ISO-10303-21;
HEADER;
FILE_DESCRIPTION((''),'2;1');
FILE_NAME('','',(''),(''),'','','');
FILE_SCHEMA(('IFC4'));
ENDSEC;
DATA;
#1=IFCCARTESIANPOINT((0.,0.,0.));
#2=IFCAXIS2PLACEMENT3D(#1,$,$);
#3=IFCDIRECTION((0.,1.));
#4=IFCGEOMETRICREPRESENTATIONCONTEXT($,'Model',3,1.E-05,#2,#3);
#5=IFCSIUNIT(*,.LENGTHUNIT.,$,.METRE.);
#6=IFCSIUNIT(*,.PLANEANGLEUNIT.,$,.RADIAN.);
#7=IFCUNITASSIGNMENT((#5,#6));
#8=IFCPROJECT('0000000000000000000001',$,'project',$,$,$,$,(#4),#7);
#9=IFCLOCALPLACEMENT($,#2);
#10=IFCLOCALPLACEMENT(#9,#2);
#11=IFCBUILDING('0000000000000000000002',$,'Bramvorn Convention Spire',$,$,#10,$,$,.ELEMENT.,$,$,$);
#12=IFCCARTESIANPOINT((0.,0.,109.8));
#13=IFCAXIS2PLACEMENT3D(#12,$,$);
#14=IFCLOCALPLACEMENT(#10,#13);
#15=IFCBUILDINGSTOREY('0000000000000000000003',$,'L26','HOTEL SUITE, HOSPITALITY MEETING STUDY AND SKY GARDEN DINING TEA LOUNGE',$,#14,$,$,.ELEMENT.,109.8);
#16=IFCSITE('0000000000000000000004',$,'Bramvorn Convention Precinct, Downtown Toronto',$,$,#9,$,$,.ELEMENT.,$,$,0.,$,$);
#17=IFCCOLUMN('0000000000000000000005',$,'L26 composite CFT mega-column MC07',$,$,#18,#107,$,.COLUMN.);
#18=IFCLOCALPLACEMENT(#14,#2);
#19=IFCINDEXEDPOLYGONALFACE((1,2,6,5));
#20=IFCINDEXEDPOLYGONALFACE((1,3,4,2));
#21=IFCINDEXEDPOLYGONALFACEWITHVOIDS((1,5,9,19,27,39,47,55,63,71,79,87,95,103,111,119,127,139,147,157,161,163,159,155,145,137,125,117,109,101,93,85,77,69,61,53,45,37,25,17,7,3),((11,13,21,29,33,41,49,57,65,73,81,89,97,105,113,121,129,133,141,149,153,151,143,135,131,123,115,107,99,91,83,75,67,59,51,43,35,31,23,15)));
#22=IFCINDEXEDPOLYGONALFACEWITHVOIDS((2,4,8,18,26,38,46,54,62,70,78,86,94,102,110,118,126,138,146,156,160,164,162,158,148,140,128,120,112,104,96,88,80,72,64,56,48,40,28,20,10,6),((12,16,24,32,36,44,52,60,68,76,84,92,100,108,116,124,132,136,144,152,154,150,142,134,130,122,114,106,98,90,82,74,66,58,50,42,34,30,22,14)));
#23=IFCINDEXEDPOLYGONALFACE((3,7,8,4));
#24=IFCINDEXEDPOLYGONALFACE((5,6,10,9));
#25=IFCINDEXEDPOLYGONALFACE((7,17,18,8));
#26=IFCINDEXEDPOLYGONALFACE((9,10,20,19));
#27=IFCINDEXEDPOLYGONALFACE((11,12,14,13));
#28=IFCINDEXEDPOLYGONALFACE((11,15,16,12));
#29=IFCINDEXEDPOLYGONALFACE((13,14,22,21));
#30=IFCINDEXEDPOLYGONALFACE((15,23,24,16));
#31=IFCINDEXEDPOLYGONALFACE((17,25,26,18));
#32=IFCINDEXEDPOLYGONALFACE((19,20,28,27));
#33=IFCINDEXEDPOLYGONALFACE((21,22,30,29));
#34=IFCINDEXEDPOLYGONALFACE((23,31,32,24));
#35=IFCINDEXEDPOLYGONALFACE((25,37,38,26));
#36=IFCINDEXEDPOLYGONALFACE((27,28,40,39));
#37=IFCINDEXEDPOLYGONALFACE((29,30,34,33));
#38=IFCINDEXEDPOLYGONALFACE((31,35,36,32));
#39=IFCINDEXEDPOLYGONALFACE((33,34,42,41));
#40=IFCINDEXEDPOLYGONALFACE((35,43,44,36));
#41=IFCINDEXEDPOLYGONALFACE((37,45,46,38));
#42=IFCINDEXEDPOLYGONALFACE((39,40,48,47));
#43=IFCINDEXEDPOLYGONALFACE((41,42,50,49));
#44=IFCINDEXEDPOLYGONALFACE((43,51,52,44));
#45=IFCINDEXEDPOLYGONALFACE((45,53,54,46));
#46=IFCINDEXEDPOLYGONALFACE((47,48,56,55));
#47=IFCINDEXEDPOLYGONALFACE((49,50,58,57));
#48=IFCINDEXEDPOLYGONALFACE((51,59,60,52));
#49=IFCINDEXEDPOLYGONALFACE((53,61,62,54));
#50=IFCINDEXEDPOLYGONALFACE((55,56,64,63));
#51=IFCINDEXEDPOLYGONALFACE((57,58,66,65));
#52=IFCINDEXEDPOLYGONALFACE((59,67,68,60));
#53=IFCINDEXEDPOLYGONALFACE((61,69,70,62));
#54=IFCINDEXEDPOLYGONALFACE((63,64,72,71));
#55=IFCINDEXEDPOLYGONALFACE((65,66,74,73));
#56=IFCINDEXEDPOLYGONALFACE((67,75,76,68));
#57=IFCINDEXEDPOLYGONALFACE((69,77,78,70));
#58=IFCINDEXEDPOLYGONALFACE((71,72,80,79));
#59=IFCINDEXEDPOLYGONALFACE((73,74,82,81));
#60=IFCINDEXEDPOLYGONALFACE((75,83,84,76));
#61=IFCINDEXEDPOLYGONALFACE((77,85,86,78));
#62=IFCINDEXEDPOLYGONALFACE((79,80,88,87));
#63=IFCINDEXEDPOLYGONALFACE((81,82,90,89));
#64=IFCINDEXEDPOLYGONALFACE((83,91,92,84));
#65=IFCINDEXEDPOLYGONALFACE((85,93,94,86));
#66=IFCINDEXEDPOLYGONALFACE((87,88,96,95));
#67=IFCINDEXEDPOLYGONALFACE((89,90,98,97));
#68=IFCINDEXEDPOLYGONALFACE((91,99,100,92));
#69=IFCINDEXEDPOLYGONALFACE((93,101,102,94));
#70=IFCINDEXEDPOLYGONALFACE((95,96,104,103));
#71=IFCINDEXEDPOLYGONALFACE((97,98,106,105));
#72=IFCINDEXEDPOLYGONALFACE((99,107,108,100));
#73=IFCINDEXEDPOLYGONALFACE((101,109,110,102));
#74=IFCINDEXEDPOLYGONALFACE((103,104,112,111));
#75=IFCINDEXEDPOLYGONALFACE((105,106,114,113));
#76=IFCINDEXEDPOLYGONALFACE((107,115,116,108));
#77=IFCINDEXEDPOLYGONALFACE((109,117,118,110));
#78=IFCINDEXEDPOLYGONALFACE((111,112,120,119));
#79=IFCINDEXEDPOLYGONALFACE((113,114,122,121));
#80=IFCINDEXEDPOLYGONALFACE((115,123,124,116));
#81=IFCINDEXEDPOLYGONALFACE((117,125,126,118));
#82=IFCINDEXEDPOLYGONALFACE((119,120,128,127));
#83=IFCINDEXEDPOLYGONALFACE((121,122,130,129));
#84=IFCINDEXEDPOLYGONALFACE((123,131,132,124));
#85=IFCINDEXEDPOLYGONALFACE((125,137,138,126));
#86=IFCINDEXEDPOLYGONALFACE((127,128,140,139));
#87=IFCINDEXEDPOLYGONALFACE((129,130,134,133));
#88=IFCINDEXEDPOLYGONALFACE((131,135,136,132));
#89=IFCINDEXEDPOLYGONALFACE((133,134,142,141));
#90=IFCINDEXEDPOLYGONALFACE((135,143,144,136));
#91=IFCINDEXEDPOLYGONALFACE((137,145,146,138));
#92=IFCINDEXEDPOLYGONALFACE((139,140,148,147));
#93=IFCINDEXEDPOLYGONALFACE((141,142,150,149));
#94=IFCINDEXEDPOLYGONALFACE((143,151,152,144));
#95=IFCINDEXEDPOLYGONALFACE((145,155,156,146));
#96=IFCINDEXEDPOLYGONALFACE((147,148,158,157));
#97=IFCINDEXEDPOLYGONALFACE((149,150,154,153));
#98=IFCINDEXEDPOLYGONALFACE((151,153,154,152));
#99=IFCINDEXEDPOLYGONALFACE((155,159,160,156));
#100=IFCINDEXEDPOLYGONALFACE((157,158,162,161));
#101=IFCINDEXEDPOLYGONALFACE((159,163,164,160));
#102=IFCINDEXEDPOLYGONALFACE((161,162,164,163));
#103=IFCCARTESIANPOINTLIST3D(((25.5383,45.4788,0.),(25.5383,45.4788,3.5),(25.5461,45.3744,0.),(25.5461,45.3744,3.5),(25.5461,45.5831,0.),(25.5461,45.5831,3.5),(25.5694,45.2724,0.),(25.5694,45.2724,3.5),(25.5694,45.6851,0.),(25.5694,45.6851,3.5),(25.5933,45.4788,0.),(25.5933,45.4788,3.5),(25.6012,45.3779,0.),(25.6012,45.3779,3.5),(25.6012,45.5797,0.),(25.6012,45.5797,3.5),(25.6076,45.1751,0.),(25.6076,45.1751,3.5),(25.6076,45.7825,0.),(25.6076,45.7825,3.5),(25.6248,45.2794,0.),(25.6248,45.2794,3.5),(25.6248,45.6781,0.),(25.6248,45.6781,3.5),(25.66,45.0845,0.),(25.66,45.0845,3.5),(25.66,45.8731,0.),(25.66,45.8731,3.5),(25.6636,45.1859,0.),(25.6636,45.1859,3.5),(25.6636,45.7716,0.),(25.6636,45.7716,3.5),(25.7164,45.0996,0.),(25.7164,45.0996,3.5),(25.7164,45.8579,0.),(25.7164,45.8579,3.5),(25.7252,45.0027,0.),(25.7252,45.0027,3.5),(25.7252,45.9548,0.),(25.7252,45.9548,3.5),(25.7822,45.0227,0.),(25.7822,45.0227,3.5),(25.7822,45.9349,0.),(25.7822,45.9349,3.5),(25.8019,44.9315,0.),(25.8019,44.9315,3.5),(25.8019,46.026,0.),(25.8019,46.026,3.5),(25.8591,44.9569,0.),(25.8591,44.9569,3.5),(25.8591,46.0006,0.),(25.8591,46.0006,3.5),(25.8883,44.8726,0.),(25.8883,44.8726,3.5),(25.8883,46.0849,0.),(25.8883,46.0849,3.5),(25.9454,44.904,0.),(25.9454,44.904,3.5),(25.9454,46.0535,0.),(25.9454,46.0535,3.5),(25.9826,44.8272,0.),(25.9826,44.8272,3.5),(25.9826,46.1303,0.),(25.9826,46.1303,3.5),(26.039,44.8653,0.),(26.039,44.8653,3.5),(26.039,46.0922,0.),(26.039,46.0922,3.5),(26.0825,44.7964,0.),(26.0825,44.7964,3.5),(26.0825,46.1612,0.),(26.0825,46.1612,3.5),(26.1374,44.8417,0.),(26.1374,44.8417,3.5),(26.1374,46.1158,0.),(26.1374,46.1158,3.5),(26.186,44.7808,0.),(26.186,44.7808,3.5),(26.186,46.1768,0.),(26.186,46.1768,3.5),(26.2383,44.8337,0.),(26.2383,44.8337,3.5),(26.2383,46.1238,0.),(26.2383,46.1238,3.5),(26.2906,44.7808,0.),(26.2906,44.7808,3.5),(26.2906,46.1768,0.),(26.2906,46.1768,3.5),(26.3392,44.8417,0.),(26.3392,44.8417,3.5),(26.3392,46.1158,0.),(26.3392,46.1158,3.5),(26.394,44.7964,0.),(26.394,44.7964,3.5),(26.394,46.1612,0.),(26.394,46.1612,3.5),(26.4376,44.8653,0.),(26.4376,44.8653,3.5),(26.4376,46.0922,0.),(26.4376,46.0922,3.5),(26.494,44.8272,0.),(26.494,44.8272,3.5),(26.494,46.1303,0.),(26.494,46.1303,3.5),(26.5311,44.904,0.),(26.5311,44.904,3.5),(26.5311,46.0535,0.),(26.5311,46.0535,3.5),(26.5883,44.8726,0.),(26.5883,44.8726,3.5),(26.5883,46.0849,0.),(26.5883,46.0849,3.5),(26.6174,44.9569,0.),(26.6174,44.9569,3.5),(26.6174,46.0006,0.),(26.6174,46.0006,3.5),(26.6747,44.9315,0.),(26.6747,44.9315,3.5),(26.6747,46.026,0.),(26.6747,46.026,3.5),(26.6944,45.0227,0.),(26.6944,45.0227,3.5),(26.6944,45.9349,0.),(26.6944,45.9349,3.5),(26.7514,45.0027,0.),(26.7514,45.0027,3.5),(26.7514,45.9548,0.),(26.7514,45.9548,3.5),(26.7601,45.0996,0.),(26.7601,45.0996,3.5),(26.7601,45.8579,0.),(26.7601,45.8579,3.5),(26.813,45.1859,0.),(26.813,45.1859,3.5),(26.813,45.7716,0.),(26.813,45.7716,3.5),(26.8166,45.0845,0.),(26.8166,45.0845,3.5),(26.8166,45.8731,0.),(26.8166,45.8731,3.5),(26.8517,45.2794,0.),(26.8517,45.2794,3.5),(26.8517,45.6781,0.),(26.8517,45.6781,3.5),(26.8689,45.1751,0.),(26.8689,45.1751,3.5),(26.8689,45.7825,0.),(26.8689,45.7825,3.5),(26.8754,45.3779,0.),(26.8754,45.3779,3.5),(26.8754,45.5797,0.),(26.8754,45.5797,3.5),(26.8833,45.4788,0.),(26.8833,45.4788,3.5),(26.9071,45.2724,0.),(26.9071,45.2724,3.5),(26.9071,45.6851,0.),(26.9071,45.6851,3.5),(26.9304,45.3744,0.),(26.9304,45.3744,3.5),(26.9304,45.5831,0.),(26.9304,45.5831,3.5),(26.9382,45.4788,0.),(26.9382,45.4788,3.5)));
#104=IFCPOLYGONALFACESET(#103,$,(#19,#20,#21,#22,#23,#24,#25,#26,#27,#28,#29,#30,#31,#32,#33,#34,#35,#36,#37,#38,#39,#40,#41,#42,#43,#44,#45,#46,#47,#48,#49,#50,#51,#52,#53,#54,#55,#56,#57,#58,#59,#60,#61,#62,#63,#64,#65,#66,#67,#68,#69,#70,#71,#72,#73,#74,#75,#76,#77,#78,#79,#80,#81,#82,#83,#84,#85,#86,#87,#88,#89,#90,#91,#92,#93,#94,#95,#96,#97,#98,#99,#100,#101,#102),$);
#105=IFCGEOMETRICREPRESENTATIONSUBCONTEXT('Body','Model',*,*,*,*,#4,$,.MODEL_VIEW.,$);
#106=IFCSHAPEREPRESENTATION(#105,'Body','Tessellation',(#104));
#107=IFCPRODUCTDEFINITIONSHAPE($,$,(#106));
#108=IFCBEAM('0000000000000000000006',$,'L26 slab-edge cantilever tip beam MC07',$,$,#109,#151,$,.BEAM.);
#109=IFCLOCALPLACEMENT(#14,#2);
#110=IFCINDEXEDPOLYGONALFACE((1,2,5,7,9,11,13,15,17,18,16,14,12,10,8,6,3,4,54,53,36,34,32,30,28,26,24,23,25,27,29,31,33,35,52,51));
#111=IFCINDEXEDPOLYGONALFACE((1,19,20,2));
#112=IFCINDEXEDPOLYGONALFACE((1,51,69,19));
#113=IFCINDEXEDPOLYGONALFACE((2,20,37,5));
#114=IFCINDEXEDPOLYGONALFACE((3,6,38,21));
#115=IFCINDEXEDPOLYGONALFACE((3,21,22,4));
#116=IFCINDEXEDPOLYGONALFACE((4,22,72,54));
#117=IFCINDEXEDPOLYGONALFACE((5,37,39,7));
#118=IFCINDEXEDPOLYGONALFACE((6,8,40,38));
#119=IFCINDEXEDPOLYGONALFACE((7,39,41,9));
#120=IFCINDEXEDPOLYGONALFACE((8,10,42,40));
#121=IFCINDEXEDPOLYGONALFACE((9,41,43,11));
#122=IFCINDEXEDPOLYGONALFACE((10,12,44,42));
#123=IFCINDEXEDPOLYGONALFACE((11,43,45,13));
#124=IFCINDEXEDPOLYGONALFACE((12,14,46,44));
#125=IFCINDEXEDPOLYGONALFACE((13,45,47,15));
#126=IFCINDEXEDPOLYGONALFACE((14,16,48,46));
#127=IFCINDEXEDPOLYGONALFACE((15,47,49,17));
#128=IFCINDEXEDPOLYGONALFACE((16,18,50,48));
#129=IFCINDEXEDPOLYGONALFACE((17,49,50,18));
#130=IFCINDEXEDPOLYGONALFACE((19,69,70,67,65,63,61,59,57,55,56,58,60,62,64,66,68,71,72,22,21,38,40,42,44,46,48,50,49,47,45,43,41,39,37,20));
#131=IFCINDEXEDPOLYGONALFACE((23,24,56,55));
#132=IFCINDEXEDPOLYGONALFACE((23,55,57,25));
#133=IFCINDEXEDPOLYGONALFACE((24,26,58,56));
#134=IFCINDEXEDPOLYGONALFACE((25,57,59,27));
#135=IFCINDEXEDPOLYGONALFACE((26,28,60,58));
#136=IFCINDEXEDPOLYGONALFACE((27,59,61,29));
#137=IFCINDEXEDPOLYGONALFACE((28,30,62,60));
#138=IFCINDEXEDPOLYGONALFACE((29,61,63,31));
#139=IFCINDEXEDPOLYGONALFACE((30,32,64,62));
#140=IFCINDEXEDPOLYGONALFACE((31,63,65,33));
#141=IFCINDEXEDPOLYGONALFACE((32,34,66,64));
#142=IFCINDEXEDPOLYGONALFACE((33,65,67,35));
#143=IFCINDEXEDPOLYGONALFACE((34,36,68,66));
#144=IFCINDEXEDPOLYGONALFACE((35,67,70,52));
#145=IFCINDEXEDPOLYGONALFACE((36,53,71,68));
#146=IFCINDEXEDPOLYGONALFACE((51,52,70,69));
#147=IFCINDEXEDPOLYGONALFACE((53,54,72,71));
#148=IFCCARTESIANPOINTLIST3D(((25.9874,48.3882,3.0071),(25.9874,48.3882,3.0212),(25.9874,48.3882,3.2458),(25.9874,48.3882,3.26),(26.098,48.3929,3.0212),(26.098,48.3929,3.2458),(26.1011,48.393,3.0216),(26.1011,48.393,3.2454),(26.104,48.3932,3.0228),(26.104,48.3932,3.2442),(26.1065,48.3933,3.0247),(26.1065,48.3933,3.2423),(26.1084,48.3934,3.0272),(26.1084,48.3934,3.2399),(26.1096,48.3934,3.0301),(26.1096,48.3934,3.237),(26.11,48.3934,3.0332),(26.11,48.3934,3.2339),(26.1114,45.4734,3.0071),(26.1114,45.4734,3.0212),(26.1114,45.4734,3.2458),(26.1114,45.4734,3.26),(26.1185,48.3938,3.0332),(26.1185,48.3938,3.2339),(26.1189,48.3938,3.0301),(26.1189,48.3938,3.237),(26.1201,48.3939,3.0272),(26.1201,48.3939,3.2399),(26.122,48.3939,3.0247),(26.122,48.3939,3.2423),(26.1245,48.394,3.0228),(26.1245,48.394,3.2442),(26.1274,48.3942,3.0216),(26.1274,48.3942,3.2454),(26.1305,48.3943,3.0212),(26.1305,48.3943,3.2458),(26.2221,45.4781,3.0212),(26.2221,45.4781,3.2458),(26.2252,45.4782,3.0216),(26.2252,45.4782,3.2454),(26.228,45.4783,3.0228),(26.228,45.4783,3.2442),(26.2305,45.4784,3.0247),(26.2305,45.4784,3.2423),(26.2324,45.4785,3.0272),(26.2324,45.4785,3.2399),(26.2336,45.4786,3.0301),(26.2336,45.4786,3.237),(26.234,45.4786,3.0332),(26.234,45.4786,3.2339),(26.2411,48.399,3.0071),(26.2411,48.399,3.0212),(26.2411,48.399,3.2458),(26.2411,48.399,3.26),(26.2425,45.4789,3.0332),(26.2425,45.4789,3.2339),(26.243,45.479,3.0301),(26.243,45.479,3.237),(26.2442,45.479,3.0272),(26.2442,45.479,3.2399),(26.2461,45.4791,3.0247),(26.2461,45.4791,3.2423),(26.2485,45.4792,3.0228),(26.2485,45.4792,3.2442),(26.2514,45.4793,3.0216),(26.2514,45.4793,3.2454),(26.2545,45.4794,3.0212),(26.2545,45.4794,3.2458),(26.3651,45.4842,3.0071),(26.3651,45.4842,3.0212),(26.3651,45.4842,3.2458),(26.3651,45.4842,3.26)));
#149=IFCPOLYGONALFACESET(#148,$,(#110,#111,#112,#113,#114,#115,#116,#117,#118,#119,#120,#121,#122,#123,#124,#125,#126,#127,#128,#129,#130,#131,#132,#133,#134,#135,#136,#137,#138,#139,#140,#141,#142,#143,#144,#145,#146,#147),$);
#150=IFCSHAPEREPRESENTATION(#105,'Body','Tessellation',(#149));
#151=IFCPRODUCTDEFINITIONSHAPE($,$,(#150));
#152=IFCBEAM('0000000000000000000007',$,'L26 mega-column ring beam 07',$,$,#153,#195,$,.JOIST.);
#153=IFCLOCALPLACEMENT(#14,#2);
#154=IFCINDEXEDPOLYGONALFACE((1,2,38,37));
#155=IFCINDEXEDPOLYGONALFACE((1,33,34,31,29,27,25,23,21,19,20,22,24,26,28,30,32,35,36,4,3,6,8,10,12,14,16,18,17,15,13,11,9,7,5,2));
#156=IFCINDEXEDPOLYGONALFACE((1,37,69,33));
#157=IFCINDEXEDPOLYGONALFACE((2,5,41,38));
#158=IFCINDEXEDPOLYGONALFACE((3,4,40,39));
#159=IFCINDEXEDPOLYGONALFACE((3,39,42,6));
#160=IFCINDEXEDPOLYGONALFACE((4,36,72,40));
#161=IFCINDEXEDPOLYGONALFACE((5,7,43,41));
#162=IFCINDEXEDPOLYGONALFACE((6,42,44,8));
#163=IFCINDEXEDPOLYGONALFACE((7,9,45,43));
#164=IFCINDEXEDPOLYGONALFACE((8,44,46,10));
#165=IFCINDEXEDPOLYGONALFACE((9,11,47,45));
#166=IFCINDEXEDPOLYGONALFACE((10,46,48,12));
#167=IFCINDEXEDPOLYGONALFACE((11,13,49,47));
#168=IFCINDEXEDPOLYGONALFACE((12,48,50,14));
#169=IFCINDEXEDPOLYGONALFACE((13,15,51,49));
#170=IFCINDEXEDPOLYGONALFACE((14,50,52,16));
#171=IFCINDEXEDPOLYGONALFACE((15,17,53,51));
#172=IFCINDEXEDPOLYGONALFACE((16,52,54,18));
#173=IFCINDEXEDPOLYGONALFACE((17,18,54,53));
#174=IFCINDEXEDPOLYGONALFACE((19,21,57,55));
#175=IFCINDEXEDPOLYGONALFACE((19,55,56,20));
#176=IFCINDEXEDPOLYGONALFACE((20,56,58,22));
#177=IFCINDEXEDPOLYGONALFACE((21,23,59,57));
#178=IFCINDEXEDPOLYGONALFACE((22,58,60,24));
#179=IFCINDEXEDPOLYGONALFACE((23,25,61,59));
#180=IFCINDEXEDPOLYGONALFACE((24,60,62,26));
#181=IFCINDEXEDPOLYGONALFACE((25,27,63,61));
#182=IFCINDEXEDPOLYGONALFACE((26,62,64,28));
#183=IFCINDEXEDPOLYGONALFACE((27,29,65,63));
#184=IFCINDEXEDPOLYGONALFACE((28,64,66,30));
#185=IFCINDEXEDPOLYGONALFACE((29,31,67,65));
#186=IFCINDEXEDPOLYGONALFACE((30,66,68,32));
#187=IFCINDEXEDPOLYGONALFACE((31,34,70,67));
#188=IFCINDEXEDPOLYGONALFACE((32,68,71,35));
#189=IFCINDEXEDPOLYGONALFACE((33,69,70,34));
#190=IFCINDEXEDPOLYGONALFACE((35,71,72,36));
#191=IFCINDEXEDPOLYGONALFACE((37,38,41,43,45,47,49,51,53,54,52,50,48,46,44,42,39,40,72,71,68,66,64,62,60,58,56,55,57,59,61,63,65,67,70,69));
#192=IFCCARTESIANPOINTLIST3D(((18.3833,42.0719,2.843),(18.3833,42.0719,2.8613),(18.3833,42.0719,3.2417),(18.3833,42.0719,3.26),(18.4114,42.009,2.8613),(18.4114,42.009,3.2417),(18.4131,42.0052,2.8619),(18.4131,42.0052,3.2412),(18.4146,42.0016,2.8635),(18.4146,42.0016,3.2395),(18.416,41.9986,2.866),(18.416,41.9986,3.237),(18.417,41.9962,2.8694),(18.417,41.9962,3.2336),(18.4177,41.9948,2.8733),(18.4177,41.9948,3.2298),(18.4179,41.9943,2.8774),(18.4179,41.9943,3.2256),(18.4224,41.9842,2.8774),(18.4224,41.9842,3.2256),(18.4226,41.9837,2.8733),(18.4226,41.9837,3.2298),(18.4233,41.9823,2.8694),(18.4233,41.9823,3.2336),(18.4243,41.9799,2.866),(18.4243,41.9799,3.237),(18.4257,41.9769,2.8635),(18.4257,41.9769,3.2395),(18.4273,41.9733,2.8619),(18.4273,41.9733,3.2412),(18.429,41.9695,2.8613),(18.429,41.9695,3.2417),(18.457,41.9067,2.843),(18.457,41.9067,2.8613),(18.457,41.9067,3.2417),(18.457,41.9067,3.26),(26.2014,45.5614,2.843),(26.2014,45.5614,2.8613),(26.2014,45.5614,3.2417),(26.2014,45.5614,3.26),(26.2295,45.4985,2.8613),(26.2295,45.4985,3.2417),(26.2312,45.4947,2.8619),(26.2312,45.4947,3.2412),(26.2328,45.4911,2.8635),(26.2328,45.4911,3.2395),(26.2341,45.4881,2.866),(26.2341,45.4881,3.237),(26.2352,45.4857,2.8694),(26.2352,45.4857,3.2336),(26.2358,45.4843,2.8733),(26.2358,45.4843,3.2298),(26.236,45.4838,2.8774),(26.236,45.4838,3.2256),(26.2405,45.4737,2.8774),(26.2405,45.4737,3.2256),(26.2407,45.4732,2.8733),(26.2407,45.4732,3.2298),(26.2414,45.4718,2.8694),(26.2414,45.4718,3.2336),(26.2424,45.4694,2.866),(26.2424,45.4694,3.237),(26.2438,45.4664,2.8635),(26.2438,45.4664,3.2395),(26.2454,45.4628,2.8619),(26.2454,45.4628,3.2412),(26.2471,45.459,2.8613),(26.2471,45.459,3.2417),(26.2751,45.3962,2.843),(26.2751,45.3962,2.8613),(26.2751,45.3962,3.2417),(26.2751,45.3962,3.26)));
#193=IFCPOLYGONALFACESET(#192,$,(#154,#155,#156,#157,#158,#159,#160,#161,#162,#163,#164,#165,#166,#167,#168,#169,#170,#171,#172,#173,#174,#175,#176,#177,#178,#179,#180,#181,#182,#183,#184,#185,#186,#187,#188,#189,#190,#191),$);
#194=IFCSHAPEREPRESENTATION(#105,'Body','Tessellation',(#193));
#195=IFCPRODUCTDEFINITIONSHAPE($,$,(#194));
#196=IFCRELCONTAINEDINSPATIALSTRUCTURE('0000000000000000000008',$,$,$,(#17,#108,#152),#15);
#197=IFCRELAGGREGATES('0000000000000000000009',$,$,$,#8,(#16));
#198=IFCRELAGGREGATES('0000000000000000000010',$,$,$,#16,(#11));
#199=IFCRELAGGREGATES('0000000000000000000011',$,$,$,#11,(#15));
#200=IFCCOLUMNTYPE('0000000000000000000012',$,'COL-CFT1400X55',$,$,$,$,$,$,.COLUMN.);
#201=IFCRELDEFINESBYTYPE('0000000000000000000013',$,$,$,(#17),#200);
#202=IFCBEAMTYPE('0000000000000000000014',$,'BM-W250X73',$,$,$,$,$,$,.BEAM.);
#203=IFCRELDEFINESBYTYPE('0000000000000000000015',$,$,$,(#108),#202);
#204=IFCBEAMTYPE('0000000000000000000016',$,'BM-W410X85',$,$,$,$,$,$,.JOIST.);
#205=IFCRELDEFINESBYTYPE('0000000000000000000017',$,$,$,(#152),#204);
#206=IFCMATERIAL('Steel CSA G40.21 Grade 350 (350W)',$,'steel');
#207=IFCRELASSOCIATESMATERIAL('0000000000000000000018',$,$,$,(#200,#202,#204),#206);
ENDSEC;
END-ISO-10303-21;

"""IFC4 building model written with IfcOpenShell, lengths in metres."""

from ifc_helpers import new_model, si_unit, direction, frame, origin, origin_2d, place, context, subcontext, project, spatial, hollow_circle, i_section, extrude, material, material_profile, profile_set, type_object, element, save


model = new_model("IFC4")

# Units and contexts
model_context = context("Model", 3, precision=1e-05, world=origin(), true_north=direction((0.0, 1.0)))
body_context = subcontext(model_context, "Body", "Model", "MODEL_VIEW")
ifc_project = project(units=[si_unit("LENGTHUNIT", "METRE"), si_unit("PLANEANGLEUNIT", "RADIAN")], contexts=[model_context])

# Site, building, storey
site_placement = place(None, origin())
site = spatial("IfcSite", under=ifc_project, at=site_placement, Name="Bramvorn Convention Precinct, Downtown Toronto", CompositionType="ELEMENT", RefElevation=0.0)
building_placement = place(site_placement, origin())
building = spatial("IfcBuilding", under=site, at=building_placement, Name="Bramvorn Convention Spire", CompositionType="ELEMENT")
storey_placement = place(building_placement, frame((0.0, 0.0, 109.8)))
storey = spatial("IfcBuildingStorey", under=building, at=storey_placement, Name="L26", Description="HOTEL SUITE, HOSPITALITY MEETING STUDY AND SKY GARDEN DINING TEA LOUNGE", CompositionType="ELEMENT", Elevation=109.8)

# Column
ifc_material_1 = material(Name="Steel CSA G40.21 Grade 350 (350W)", Category="steel")
ifc_material_profile_1 = material_profile(ifc_material_1, hollow_circle(Radius=0.7, WallThickness=0.0549, at=origin_2d()))
ifc_profile_set_1 = profile_set([ifc_material_profile_1], Name="Steel CSA G40.21 Grade 350 (350W) - CFT1400X55")
column_type = type_object("IfcColumnType", Name="COL-CFT1400X55", PredefinedType="COLUMN", material=ifc_profile_set_1)
column_placement = place(storey_placement, frame((26.2383, 45.4788, 0.0), z_axis=(0.0, 0.0, 1.0), x_axis=(1.0, 0.0, 0.0)))
element("IfcColumn", 1, at=column_placement, inside=storey, type_object=column_type, Name="L26 composite CFT mega-column MC07", PredefinedType="COLUMN", context=body_context, shape_type="SweptSolid", body=[
    extrude(hollow_circle(Radius=0.7, WallThickness=0.0549, at=origin_2d()), origin(), (0.0, 0.0, 1.0), 3.5),
])

# Beams
ifc_material_profile_2 = material_profile(ifc_material_1, i_section(OverallWidth=0.2539, OverallDepth=0.2529, WebThickness=0.0085, FlangeThickness=0.0142, FilletRadius=0.012, at=origin_2d()))
ifc_profile_set_2 = profile_set([ifc_material_profile_2], Name="Steel CSA G40.21 Grade 350 (350W) - W250X73")
beam_type_1 = type_object("IfcBeamType", Name="BM-W250X73", PredefinedType="BEAM", material=ifc_profile_set_2)
beam_1_placement = place(storey_placement, frame((26.2383, 45.4788, 3.1335), z_axis=(-0.042511, 0.999096, 0.0), x_axis=(-0.999096, -0.042511, 0.0)))
element("IfcBeam", 2, at=beam_1_placement, inside=storey, type_object=beam_type_1, Name="L26 slab-edge cantilever tip beam MC07", PredefinedType="BEAM", context=body_context, shape_type="SweptSolid", body=[
    extrude(i_section(OverallWidth=0.2539, OverallDepth=0.2529, WebThickness=0.0085, FlangeThickness=0.0142, FilletRadius=0.012, at=origin_2d()), origin(), (0.0, 0.0, 1.0), 2.9175),
])
ifc_material_profile_3 = material_profile(ifc_material_1, i_section(OverallWidth=0.1809, OverallDepth=0.417, WebThickness=0.011, FlangeThickness=0.0183, FilletRadius=0.0161, at=origin_2d()))
ifc_profile_set_3 = profile_set([ifc_material_profile_3], Name="Steel CSA G40.21 Grade 350 (350W) - W410X85")
beam_type_2 = type_object("IfcBeamType", Name="BM-W410X85", PredefinedType="JOIST", material=ifc_profile_set_3)
beam_2_placement = place(storey_placement, frame((26.2383, 45.4788, 3.0515), z_axis=(-0.91317, -0.40758, 0.0), x_axis=(0.40758, -0.91317, 0.0)))
element("IfcBeam", 3, at=beam_2_placement, inside=storey, type_object=beam_type_2, Name="L26 mega-column ring beam 07", PredefinedType="JOIST", context=body_context, shape_type="SweptSolid", body=[
    extrude(i_section(OverallWidth=0.1809, OverallDepth=0.417, WebThickness=0.011, FlangeThickness=0.0183, FilletRadius=0.0161, at=origin_2d()), origin(), (0.0, 0.0, 1.0), 8.5615),
])

save(model, "model.ifc")
